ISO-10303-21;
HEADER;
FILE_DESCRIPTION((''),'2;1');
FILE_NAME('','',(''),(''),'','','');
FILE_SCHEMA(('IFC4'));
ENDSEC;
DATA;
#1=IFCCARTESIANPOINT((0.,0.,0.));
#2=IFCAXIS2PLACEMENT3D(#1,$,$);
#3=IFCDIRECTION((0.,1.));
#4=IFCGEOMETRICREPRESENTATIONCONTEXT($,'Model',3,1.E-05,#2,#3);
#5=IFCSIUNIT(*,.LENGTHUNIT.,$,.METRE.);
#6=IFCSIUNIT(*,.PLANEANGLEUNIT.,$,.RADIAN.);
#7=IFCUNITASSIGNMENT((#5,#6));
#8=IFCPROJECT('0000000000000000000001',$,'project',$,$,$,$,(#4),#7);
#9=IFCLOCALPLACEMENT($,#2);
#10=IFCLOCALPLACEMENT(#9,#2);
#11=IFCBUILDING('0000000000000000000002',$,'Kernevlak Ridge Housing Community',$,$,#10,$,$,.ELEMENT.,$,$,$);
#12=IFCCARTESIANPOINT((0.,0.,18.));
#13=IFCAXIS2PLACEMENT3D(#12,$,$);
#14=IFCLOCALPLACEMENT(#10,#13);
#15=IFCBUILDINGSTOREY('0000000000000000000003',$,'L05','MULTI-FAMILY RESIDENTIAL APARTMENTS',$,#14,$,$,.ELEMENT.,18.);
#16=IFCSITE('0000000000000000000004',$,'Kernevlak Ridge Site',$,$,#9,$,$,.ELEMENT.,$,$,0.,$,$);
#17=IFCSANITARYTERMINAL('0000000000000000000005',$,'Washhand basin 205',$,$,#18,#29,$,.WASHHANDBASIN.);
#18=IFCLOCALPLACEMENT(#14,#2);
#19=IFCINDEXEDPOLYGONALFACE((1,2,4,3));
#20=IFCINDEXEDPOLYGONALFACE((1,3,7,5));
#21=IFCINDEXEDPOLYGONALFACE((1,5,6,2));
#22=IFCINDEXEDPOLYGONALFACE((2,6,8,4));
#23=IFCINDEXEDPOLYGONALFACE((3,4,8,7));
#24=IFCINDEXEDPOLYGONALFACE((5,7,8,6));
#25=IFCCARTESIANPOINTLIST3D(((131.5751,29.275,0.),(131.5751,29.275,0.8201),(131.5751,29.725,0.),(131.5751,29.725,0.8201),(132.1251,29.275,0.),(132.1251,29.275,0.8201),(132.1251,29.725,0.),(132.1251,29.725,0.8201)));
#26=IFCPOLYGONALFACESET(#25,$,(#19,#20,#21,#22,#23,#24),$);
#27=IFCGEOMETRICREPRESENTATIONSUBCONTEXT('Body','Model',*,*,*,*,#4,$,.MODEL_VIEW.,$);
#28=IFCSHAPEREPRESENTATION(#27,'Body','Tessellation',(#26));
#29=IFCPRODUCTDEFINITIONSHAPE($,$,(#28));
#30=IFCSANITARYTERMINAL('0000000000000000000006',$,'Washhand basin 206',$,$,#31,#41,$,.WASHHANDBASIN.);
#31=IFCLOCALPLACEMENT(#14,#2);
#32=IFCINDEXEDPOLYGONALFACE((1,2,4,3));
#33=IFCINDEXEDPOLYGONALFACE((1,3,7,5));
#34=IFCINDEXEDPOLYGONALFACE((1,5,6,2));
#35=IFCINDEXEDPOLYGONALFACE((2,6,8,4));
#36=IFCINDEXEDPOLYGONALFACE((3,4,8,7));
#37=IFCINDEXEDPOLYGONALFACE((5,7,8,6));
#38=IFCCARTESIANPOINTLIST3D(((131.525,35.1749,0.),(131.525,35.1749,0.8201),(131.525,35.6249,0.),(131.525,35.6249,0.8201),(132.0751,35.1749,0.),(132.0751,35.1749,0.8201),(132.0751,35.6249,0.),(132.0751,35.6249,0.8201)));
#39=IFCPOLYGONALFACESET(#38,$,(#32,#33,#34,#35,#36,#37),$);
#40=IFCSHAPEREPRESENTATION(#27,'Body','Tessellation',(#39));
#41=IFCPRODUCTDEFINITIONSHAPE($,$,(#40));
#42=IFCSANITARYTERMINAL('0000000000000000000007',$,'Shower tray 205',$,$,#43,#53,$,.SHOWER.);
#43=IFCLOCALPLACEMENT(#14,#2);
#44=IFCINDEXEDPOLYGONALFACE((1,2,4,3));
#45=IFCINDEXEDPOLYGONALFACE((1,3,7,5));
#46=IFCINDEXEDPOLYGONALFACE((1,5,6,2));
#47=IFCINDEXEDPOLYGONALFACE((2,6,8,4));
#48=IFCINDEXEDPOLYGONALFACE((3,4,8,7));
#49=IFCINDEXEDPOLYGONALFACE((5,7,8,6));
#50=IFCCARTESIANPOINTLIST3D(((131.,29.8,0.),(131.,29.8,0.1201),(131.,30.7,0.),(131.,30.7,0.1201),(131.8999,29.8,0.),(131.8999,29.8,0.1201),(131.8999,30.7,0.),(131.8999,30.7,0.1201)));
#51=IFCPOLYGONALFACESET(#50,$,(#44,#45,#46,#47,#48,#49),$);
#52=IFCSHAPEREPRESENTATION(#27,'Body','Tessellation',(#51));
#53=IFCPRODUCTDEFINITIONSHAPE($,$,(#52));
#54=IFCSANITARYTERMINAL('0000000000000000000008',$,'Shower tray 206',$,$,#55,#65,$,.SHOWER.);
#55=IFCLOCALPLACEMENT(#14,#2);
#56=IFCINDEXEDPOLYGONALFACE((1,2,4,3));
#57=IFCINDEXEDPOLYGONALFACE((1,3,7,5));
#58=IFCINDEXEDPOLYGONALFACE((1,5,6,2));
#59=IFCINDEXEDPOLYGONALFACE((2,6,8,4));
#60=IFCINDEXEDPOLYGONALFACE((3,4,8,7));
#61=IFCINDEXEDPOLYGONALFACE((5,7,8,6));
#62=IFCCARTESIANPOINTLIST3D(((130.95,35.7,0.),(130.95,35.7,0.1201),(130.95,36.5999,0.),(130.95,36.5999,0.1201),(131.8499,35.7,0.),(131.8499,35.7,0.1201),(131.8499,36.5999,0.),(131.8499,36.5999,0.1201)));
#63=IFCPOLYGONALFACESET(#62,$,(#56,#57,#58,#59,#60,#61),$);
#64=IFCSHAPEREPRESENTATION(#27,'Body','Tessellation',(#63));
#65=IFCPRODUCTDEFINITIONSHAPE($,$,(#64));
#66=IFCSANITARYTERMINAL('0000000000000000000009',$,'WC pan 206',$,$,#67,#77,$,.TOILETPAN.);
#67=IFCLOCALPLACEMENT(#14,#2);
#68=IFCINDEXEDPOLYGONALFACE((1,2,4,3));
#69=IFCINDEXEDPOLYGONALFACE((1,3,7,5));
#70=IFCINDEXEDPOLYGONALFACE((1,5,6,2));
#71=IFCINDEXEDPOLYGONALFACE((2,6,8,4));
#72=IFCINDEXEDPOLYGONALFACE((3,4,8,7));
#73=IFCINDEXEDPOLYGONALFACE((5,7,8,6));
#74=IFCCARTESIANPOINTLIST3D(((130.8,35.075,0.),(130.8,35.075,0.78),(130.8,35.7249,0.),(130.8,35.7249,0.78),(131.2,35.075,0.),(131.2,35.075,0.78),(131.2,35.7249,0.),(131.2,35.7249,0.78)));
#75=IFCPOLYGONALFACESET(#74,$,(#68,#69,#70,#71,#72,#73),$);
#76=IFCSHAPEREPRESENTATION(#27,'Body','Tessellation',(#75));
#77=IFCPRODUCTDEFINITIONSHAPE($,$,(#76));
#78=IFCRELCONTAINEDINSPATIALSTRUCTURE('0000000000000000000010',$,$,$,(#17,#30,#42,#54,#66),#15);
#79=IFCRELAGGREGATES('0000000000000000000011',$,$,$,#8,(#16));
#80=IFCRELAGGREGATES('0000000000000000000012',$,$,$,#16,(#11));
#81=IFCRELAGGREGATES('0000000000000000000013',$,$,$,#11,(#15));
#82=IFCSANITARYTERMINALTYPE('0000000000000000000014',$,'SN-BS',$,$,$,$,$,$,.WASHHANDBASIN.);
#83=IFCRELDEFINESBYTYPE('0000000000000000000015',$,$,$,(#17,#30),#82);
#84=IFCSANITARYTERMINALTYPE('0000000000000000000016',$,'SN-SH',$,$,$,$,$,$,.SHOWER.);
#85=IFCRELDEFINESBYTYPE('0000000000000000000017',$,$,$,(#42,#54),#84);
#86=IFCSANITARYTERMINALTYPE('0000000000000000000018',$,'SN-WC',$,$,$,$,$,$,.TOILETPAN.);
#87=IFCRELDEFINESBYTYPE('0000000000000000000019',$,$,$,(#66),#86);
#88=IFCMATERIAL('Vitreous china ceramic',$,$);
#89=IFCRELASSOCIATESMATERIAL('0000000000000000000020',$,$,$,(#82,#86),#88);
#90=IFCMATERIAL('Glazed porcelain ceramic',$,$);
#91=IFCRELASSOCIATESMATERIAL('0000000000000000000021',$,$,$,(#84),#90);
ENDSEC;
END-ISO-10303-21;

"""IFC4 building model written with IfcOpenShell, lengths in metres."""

from ifc_helpers import new_model, si_unit, direction, frame, origin, origin_2d, place, context, subcontext, project, spatial, rectangle, extrude, material, type_object, element, save


model = new_model("IFC4")

# Units and contexts
model_context = context("Model", 3, precision=1e-05, world=origin(), true_north=direction((0.0, 1.0)))
body_context = subcontext(model_context, "Body", "Model", "MODEL_VIEW")
ifc_project = project(units=[si_unit("LENGTHUNIT", "METRE"), si_unit("PLANEANGLEUNIT", "RADIAN")], contexts=[model_context])

# Site, building, storey
site_placement = place(None, origin())
site = spatial("IfcSite", under=ifc_project, at=site_placement, Name="Kernevlak Ridge Site", CompositionType="ELEMENT", RefElevation=0.0)
building_placement = place(site_placement, origin())
building = spatial("IfcBuilding", under=site, at=building_placement, Name="Kernevlak Ridge Housing Community", CompositionType="ELEMENT")
storey_placement = place(building_placement, frame((0.0, 0.0, 18.0)))
storey = spatial("IfcBuildingStorey", under=building, at=storey_placement, Name="L05", Description="MULTI-FAMILY RESIDENTIAL APARTMENTS", CompositionType="ELEMENT", Elevation=18.0)

# Sanitary terminals
ifc_material_1 = material(Name="Vitreous china ceramic")
sanitary_terminal_type_1 = type_object("IfcSanitaryTerminalType", Name="SN-BS", PredefinedType="WASHHANDBASIN", material=ifc_material_1)
for number, where, z_axis, x_axis, name in (
    (1, (131.8501, 29.5, 0.0), (0.0, 0.0, 1.0), (1.0, 0.0, 0.0), "Washhand basin 205"),
    (2, (131.8, 35.3999, 0.0), (0.0, 0.0, 1.0), (1.0, 0.0, 0.0), "Washhand basin 206"),
):
    element("IfcSanitaryTerminal", number, at=place(storey_placement, frame(where, z_axis=z_axis, x_axis=x_axis)), inside=storey, type_object=sanitary_terminal_type_1, Name=name, PredefinedType="WASHHANDBASIN", context=body_context, shape_type="SweptSolid", body=[
        extrude(rectangle(XDim=0.55, YDim=0.45, at=origin_2d()), origin(), (0.0, 0.0, 1.0), 0.8201),
    ])
ifc_material_2 = material(Name="Glazed porcelain ceramic")
sanitary_terminal_type_2 = type_object("IfcSanitaryTerminalType", Name="SN-SH", PredefinedType="SHOWER", material=ifc_material_2)
for number, where, z_axis, x_axis, name in (
    (3, (131.45, 30.25, 0.0), (0.0, 0.0, 1.0), (1.0, 0.0, 0.0), "Shower tray 205"),
    (4, (131.3999, 36.1499, 0.0), (0.0, 0.0, 1.0), (1.0, 0.0, 0.0), "Shower tray 206"),
):
    element("IfcSanitaryTerminal", number, at=place(storey_placement, frame(where, z_axis=z_axis, x_axis=x_axis)), inside=storey, type_object=sanitary_terminal_type_2, Name=name, PredefinedType="SHOWER", context=body_context, shape_type="SweptSolid", body=[
        extrude(rectangle(XDim=0.8999, YDim=0.8999, at=origin_2d()), origin(), (0.0, 0.0, 1.0), 0.1201),
    ])
sanitary_terminal_type_3 = type_object("IfcSanitaryTerminalType", Name="SN-WC", PredefinedType="TOILETPAN", material=ifc_material_1)
sanitary_terminal_placement = place(storey_placement, frame((131.0, 35.3999, 0.0), z_axis=(0.0, 0.0, 1.0), x_axis=(1.0, 0.0, 0.0)))
element("IfcSanitaryTerminal", 5, at=sanitary_terminal_placement, inside=storey, type_object=sanitary_terminal_type_3, Name="WC pan 206", PredefinedType="TOILETPAN", context=body_context, shape_type="SweptSolid", body=[
    extrude(rectangle(XDim=0.3999, YDim=0.6499, at=origin_2d()), origin(), (0.0, 0.0, 1.0), 0.78),
])

save(model, "model.ifc")
